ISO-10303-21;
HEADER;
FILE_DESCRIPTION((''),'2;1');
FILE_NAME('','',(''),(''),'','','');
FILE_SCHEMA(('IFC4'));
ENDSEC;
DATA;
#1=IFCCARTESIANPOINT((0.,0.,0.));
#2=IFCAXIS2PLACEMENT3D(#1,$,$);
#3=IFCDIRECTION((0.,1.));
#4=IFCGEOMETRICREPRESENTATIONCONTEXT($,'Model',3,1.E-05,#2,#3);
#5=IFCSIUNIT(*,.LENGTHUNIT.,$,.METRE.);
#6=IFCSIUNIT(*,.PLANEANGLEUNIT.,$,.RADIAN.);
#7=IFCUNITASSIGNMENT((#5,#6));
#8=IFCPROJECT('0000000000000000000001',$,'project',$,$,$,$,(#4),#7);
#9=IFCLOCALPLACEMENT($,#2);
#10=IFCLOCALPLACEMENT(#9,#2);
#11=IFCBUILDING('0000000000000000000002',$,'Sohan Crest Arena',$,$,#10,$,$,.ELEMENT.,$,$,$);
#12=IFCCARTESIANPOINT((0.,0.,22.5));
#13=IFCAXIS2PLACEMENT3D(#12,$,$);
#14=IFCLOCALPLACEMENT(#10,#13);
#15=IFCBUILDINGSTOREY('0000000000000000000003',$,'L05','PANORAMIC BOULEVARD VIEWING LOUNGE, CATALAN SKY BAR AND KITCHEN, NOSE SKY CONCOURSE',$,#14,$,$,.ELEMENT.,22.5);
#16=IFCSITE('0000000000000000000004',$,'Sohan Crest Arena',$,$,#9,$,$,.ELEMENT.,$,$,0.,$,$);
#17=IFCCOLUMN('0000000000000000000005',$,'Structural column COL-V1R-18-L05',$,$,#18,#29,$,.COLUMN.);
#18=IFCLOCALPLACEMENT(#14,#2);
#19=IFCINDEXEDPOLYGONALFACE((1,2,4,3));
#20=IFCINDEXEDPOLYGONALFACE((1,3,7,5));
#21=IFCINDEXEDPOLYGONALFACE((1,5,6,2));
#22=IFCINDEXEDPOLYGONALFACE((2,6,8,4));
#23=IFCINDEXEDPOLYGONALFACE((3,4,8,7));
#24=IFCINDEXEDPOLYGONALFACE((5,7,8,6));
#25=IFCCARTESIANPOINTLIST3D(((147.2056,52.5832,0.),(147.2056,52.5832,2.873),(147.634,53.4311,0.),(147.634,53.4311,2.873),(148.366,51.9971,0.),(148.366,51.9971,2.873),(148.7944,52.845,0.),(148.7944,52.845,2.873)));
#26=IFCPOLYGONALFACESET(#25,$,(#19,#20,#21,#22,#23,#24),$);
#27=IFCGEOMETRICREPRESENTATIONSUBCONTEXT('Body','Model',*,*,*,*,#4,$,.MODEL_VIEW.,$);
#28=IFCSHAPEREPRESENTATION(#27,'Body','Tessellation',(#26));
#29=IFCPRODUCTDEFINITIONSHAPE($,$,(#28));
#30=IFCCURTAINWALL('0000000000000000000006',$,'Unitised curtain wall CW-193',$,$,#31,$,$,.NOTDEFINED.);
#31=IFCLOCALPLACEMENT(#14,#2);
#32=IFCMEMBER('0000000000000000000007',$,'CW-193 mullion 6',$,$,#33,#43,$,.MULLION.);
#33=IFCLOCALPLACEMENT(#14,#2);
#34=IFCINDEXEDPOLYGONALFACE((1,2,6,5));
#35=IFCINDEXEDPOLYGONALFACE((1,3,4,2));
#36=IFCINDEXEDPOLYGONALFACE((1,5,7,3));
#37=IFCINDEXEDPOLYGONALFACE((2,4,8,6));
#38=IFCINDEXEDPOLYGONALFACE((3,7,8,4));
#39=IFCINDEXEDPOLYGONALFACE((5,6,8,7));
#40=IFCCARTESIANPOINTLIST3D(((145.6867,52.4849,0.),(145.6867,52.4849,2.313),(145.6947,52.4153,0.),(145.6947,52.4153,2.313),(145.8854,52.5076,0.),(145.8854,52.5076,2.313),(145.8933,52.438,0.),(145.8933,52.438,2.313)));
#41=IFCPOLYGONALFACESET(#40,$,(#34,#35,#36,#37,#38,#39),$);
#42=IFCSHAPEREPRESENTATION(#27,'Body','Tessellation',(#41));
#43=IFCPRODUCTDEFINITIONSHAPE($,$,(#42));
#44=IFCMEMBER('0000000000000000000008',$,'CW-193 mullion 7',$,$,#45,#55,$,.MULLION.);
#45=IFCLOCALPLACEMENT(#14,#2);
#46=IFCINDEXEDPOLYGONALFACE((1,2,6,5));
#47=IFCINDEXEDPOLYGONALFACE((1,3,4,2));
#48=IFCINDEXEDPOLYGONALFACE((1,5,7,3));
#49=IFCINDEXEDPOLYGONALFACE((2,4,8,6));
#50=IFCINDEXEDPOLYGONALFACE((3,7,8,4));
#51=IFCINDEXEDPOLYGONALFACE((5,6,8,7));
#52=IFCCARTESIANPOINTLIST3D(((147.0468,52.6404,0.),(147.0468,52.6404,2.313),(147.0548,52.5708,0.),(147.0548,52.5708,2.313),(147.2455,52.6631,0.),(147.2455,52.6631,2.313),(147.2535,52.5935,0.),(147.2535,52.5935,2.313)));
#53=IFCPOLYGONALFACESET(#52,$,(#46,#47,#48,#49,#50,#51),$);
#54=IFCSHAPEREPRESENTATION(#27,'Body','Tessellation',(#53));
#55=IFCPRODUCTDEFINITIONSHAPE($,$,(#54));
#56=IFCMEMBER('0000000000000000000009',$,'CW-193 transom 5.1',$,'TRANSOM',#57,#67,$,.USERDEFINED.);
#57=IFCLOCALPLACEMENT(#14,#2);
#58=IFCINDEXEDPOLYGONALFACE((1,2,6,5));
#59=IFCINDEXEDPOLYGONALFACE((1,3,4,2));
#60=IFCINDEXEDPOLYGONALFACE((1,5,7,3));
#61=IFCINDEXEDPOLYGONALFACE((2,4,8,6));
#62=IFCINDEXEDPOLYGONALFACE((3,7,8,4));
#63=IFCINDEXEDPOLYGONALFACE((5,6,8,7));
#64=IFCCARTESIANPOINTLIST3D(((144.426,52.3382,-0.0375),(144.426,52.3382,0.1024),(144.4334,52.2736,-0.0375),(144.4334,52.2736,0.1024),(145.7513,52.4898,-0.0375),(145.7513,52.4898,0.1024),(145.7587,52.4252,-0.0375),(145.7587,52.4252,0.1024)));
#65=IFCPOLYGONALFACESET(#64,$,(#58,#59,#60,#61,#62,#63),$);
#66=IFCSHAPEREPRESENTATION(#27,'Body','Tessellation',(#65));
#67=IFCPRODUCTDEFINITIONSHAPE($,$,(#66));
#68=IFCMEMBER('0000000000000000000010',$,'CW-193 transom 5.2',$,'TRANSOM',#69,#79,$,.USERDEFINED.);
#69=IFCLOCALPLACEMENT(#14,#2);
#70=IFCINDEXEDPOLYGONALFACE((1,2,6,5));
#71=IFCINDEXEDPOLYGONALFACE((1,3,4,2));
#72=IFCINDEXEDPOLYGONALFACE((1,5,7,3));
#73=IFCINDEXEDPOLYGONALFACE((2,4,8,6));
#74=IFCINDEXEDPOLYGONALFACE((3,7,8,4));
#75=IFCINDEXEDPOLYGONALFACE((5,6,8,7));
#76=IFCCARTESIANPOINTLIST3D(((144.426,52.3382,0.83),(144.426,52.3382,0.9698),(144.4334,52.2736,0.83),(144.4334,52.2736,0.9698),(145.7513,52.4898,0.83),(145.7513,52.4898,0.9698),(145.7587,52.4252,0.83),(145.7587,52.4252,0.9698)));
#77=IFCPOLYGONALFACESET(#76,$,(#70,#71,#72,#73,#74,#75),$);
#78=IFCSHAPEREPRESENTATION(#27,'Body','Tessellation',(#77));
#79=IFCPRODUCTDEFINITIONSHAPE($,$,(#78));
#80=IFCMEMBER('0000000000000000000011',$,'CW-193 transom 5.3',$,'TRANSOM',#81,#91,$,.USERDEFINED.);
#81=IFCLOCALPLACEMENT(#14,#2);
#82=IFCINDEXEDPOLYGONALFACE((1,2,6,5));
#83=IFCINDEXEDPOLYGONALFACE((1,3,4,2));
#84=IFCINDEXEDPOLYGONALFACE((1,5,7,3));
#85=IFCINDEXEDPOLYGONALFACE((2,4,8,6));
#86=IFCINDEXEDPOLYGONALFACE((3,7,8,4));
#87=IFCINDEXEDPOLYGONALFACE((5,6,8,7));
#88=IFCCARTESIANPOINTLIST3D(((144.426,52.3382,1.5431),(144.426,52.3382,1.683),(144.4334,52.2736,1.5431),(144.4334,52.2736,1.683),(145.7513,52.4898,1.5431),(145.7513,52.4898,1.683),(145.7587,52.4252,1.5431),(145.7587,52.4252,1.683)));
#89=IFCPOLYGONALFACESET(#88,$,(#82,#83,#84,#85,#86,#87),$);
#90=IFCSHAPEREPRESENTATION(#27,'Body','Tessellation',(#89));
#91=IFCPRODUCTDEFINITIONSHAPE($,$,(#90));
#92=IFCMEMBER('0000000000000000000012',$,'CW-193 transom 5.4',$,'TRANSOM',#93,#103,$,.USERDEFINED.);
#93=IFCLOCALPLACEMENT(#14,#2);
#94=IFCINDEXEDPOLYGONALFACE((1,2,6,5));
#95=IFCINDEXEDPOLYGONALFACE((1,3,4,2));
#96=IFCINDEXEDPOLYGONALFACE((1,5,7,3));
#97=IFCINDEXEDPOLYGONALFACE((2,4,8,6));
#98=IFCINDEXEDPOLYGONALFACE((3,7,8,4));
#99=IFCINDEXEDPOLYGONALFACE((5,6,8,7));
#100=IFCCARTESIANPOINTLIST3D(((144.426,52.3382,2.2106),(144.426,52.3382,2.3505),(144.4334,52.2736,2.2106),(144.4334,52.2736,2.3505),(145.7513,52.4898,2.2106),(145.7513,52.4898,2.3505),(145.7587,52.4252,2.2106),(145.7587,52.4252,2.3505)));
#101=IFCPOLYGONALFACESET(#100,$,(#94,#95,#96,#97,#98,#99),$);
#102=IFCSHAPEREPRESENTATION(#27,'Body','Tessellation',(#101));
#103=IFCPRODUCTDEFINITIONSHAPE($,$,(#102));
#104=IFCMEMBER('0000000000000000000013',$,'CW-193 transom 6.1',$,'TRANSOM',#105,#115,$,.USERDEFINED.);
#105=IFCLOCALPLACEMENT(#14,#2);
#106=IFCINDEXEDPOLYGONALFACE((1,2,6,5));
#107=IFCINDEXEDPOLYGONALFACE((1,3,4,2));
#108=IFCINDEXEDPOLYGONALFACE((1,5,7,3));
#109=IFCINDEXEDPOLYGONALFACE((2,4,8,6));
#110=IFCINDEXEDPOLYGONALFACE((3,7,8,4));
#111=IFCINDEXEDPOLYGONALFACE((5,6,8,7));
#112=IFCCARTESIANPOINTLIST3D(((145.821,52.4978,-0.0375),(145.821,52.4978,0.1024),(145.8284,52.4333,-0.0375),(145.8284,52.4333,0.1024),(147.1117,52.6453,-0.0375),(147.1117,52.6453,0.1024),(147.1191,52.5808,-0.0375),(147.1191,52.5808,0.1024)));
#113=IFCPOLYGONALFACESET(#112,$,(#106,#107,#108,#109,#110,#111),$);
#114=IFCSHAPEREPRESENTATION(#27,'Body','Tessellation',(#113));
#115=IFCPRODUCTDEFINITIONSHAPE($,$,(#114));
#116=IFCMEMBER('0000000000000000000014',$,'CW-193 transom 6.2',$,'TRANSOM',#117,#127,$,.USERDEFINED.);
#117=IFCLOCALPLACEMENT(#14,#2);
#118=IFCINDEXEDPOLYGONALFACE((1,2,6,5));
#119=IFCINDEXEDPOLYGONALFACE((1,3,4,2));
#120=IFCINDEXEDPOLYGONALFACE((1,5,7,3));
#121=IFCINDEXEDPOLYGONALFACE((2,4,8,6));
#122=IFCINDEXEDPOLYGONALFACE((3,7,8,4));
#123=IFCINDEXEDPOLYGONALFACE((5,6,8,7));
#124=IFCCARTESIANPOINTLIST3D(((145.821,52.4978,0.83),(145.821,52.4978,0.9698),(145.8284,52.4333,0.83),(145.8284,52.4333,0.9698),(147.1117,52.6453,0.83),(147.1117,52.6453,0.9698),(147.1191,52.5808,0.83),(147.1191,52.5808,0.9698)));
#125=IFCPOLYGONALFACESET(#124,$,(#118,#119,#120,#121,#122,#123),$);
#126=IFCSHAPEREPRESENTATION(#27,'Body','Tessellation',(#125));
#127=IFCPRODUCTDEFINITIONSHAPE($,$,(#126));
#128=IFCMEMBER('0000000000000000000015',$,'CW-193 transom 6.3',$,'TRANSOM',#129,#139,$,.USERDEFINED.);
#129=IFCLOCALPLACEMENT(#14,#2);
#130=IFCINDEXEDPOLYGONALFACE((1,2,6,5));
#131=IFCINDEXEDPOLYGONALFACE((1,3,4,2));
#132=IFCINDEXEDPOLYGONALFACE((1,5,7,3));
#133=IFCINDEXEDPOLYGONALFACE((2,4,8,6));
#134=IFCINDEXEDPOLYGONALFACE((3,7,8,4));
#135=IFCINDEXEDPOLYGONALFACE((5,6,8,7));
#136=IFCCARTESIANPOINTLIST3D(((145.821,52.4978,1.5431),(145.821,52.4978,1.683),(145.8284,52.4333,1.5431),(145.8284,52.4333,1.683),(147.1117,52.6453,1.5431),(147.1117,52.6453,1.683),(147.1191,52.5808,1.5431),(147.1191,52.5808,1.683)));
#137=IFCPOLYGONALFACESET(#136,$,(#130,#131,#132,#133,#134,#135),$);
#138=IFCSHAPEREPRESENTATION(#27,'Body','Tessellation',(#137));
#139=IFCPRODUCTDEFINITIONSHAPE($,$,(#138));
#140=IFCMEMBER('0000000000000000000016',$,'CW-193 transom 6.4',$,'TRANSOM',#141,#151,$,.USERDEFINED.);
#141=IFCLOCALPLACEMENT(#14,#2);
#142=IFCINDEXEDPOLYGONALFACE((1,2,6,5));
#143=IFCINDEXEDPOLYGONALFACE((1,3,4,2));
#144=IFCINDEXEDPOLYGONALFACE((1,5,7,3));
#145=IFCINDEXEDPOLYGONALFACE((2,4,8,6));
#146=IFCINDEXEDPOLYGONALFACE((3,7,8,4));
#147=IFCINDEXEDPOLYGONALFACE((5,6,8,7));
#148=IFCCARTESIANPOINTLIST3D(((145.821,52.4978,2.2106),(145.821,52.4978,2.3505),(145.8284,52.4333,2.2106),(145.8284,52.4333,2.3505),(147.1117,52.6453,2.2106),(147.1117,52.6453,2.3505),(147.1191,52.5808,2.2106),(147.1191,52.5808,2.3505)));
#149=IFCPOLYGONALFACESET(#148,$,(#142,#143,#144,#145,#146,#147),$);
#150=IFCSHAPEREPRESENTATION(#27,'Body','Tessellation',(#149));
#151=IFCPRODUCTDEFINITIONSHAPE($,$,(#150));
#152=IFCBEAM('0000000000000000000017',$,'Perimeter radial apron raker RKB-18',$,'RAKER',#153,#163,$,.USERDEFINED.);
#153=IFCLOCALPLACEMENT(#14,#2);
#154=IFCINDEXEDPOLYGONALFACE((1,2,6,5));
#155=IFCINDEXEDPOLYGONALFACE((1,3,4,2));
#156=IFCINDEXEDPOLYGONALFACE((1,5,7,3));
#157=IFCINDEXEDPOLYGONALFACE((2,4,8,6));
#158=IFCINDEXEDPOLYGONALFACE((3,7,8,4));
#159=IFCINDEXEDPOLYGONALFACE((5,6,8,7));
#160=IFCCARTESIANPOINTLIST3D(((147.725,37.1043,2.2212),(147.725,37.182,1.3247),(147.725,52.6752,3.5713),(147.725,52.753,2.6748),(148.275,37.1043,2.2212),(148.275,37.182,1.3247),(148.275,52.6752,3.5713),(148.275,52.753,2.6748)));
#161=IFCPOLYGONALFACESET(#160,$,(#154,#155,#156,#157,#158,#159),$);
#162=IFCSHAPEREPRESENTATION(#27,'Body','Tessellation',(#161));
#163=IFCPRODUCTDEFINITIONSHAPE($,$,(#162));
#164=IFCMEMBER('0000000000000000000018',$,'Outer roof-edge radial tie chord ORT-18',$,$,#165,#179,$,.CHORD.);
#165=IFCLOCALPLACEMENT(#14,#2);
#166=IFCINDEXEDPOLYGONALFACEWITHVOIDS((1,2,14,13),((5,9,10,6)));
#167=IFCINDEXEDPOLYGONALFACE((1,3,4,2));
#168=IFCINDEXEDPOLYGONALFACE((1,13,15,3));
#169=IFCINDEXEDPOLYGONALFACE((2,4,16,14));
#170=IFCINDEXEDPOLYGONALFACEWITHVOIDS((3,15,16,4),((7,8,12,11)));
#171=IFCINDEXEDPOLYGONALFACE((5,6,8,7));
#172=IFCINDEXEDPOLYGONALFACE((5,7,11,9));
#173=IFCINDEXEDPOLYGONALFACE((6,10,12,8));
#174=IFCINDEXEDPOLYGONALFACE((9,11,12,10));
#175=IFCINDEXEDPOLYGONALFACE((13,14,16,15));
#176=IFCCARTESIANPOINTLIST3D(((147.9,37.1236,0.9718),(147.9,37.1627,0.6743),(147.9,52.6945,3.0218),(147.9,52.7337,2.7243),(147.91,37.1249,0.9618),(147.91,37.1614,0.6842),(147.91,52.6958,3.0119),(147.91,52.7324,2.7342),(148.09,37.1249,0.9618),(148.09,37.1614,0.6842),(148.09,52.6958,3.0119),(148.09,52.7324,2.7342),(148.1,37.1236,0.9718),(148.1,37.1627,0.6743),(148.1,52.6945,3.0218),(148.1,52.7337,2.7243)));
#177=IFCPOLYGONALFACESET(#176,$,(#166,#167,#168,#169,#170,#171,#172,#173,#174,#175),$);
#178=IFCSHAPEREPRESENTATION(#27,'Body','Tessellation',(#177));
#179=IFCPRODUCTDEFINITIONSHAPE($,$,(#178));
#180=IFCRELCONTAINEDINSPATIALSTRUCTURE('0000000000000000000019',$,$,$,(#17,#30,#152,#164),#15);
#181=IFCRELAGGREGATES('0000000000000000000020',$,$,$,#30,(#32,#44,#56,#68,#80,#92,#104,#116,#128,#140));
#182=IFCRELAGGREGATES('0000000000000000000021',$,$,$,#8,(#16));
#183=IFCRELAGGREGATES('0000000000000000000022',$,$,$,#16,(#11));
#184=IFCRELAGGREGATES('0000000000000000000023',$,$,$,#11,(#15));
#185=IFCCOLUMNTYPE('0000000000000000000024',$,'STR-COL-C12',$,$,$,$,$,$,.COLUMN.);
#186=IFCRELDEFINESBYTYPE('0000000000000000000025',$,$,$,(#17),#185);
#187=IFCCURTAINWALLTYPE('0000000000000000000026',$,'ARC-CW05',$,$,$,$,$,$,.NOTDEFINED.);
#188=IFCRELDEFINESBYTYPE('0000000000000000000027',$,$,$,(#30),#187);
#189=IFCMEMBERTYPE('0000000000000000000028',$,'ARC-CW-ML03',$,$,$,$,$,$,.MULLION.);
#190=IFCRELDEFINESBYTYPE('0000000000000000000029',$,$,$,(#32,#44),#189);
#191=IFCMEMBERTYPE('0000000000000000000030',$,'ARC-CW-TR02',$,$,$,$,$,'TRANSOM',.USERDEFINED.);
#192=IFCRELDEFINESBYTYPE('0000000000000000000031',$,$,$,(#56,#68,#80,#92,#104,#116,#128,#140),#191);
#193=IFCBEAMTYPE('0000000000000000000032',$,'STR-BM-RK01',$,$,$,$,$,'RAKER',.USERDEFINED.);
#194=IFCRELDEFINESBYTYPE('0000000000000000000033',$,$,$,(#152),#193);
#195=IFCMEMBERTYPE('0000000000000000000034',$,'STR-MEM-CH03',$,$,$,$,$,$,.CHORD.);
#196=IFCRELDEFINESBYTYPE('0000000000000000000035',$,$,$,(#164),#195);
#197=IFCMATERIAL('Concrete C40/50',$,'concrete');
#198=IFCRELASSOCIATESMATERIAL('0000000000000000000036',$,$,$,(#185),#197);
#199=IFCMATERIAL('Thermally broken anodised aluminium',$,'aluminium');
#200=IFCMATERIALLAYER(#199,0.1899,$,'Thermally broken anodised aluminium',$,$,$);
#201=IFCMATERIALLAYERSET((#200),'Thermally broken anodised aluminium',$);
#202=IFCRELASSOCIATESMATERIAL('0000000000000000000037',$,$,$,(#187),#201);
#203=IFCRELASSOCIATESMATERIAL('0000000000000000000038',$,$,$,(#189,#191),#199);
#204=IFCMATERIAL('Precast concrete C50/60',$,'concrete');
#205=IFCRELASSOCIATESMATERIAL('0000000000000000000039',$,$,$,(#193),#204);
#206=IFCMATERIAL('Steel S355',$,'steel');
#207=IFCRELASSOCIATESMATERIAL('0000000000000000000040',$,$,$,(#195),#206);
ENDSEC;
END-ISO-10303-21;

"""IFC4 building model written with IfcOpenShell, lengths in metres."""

from ifc_helpers import new_model, si_unit, direction, frame, origin, origin_2d, place, context, subcontext, project, spatial, rectangle, hollow_rectangle, extrude, material, layer, layer_set, material_profile, profile_set, type_object, element, aggregate, save


model = new_model("IFC4")

# Units and contexts
model_context = context("Model", 3, precision=1e-05, world=origin(), true_north=direction((0.0, 1.0)))
body_context = subcontext(model_context, "Body", "Model", "MODEL_VIEW")
ifc_project = project(units=[si_unit("LENGTHUNIT", "METRE"), si_unit("PLANEANGLEUNIT", "RADIAN")], contexts=[model_context])

# Site, building, storey
site_placement = place(None, origin())
site = spatial("IfcSite", under=ifc_project, at=site_placement, Name="Sohan Crest Arena", CompositionType="ELEMENT", RefElevation=0.0)
building_placement = place(site_placement, origin())
building = spatial("IfcBuilding", under=site, at=building_placement, Name="Sohan Crest Arena", CompositionType="ELEMENT")
storey_placement = place(building_placement, frame((0.0, 0.0, 22.5)))
storey = spatial("IfcBuildingStorey", under=building, at=storey_placement, Name="L05", Description="PANORAMIC BOULEVARD VIEWING LOUNGE, CATALAN SKY BAR AND KITCHEN, NOSE SKY CONCOURSE", CompositionType="ELEMENT", Elevation=22.5)

# Column
ifc_material_1 = material(Name="Concrete C40/50", Category="concrete")
ifc_material_profile_1 = material_profile(ifc_material_1, rectangle(XDim=1.3, YDim=0.95, at=origin_2d()), Name="RC 1300x950")
ifc_profile_set_1 = profile_set([ifc_material_profile_1], Name="Concrete C40/50")
column_type = type_object("IfcColumnType", Name="STR-COL-C12", PredefinedType="COLUMN", material=ifc_profile_set_1)
column_placement = place(storey_placement, frame((148.0, 52.7141, 0.0), z_axis=(0.0, 0.0, 1.0), x_axis=(-0.892586, 0.450878, 0.0)))
element("IfcColumn", 1, at=column_placement, inside=storey, type_object=column_type, Name="Structural column COL-V1R-18-L05", PredefinedType="COLUMN", context=body_context, shape_type="SweptSolid", body=[
    extrude(rectangle(XDim=1.3, YDim=0.95, at=origin_2d()), origin(), (0.0, 0.0, 1.0), 2.873),
])

# Curtain wall, members
ifc_material_2 = material(Name="Thermally broken anodised aluminium", Category="aluminium")
ifc_layer_1 = layer(ifc_material_2, 0.1899, Name="Thermally broken anodised aluminium")
ifc_layer_set_1 = layer_set([ifc_layer_1], Name="Thermally broken anodised aluminium")
curtain_wall_type = type_object("IfcCurtainWallType", Name="ARC-CW05", PredefinedType="NOTDEFINED", material=ifc_layer_set_1)
curtain_wall_placement = place(storey_placement, origin())
curtain_wall = element("IfcCurtainWall", 2, at=curtain_wall_placement, inside=storey, type_object=curtain_wall_type, Name="Unitised curtain wall CW-193", PredefinedType="NOTDEFINED")
ifc_material_profile_2 = material_profile(ifc_material_2, rectangle(XDim=0.0701, YDim=0.2, at=origin_2d()), Name="ALU-MULL 70x200")
ifc_profile_set_2 = profile_set([ifc_material_profile_2], Name="Thermally broken anodised aluminium")
member_type_1 = type_object("IfcMemberType", Name="ARC-CW-ML03", PredefinedType="MULLION", material=ifc_profile_set_2)
member_1_placement = place(storey_placement, frame((145.79, 52.4614, 0.0), z_axis=(0.0, 0.0, 1.0), x_axis=(-0.113597, 0.993527, 0.0)))
member_1 = element("IfcMember", 3, at=member_1_placement, type_object=member_type_1, Name="CW-193 mullion 6", PredefinedType="MULLION", context=body_context, shape_type="SweptSolid", body=[
    extrude(rectangle(XDim=0.0701, YDim=0.2, at=origin_2d()), origin(), (0.0, 0.0, 1.0), 2.313),
])
member_2_placement = place(storey_placement, frame((147.1501, 52.6169, 0.0), z_axis=(0.0, 0.0, 1.0), x_axis=(-0.113597, 0.993527, 0.0)))
member_2 = element("IfcMember", 4, at=member_2_placement, type_object=member_type_1, Name="CW-193 mullion 7", PredefinedType="MULLION", context=body_context, shape_type="SweptSolid", body=[
    extrude(rectangle(XDim=0.0701, YDim=0.2, at=origin_2d()), origin(), (0.0, 0.0, 1.0), 2.313),
])
ifc_material_profile_3 = material_profile(ifc_material_2, rectangle(XDim=0.0649, YDim=0.1399, at=origin_2d()), Name="ALU-TRAN 65x140")
ifc_profile_set_3 = profile_set([ifc_material_profile_3], Name="Thermally broken anodised aluminium")
member_type_2 = type_object("IfcMemberType", Name="ARC-CW-TR02", ElementType="TRANSOM", PredefinedType="USERDEFINED", material=ifc_profile_set_3)
member_3_placement = place(storey_placement, frame((144.4297, 52.3059, 0.0325), z_axis=(0.993521, 0.113645, 0.0), x_axis=(-0.113645, 0.993521, 0.0)))
member_3 = element("IfcMember", 5, at=member_3_placement, type_object=member_type_2, Name="CW-193 transom 5.1", ObjectType="TRANSOM", PredefinedType="USERDEFINED", context=body_context, shape_type="SweptSolid", body=[
    extrude(rectangle(XDim=0.0649, YDim=0.1399, at=origin_2d()), origin(), (0.0, 0.0, 1.0), 1.334),
])
member_4_placement = place(storey_placement, frame((144.4297, 52.3059, 0.8999), z_axis=(0.993521, 0.113645, 0.0), x_axis=(-0.113645, 0.993521, 0.0)))
member_4 = element("IfcMember", 6, at=member_4_placement, type_object=member_type_2, Name="CW-193 transom 5.2", ObjectType="TRANSOM", PredefinedType="USERDEFINED", context=body_context, shape_type="SweptSolid", body=[
    extrude(rectangle(XDim=0.0649, YDim=0.1399, at=origin_2d()), origin(), (0.0, 0.0, 1.0), 1.334),
])
member_5_placement = place(storey_placement, frame((144.4297, 52.3059, 1.613), z_axis=(0.993521, 0.113645, 0.0), x_axis=(-0.113645, 0.993521, 0.0)))
member_5 = element("IfcMember", 7, at=member_5_placement, type_object=member_type_2, Name="CW-193 transom 5.3", ObjectType="TRANSOM", PredefinedType="USERDEFINED", context=body_context, shape_type="SweptSolid", body=[
    extrude(rectangle(XDim=0.0649, YDim=0.1399, at=origin_2d()), origin(), (0.0, 0.0, 1.0), 1.334),
])
member_6_placement = place(storey_placement, frame((144.4297, 52.3059, 2.2805), z_axis=(0.993521, 0.113645, 0.0), x_axis=(-0.113645, 0.993521, 0.0)))
member_6 = element("IfcMember", 8, at=member_6_placement, type_object=member_type_2, Name="CW-193 transom 5.4", ObjectType="TRANSOM", PredefinedType="USERDEFINED", context=body_context, shape_type="SweptSolid", body=[
    extrude(rectangle(XDim=0.0649, YDim=0.1399, at=origin_2d()), origin(), (0.0, 0.0, 1.0), 1.334),
])
member_7_placement = place(storey_placement, frame((145.8247, 52.4656, 0.0325), z_axis=(0.993538, 0.113504, 0.0), x_axis=(-0.113504, 0.993538, 0.0)))
member_7 = element("IfcMember", 9, at=member_7_placement, type_object=member_type_2, Name="CW-193 transom 6.1", ObjectType="TRANSOM", PredefinedType="USERDEFINED", context=body_context, shape_type="SweptSolid", body=[
    extrude(rectangle(XDim=0.0649, YDim=0.1399, at=origin_2d()), origin(), (0.0, 0.0, 1.0), 1.2991),
])
member_8_placement = place(storey_placement, frame((145.8247, 52.4656, 0.8999), z_axis=(0.993538, 0.113504, 0.0), x_axis=(-0.113504, 0.993538, 0.0)))
member_8 = element("IfcMember", 10, at=member_8_placement, type_object=member_type_2, Name="CW-193 transom 6.2", ObjectType="TRANSOM", PredefinedType="USERDEFINED", context=body_context, shape_type="SweptSolid", body=[
    extrude(rectangle(XDim=0.0649, YDim=0.1399, at=origin_2d()), origin(), (0.0, 0.0, 1.0), 1.2991),
])
member_9_placement = place(storey_placement, frame((145.8247, 52.4656, 1.613), z_axis=(0.993538, 0.113504, 0.0), x_axis=(-0.113504, 0.993538, 0.0)))
member_9 = element("IfcMember", 11, at=member_9_placement, type_object=member_type_2, Name="CW-193 transom 6.3", ObjectType="TRANSOM", PredefinedType="USERDEFINED", context=body_context, shape_type="SweptSolid", body=[
    extrude(rectangle(XDim=0.0649, YDim=0.1399, at=origin_2d()), origin(), (0.0, 0.0, 1.0), 1.2991),
])
member_10_placement = place(storey_placement, frame((145.8247, 52.4656, 2.2805), z_axis=(0.993538, 0.113504, 0.0), x_axis=(-0.113504, 0.993538, 0.0)))
member_10 = element("IfcMember", 12, at=member_10_placement, type_object=member_type_2, Name="CW-193 transom 6.4", ObjectType="TRANSOM", PredefinedType="USERDEFINED", context=body_context, shape_type="SweptSolid", body=[
    extrude(rectangle(XDim=0.0649, YDim=0.1399, at=origin_2d()), origin(), (0.0, 0.0, 1.0), 1.2991),
])

# Beam
ifc_material_3 = material(Name="Precast concrete C50/60", Category="concrete")
ifc_material_profile_4 = material_profile(ifc_material_3, rectangle(XDim=0.55, YDim=0.8999, at=origin_2d()), Name="RAKER 550x900")
ifc_profile_set_4 = profile_set([ifc_material_profile_4], Name="Precast concrete C50/60")
beam_type = type_object("IfcBeamType", Name="STR-BM-RK01", ElementType="RAKER", PredefinedType="USERDEFINED", material=ifc_profile_set_4)
beam_placement = place(storey_placement, frame((148.0, 52.7141, 3.123), z_axis=(0.0, -0.996262, -0.086382), x_axis=(1.0, 0.0, 0.0)))
element("IfcBeam", 13, at=beam_placement, inside=storey, type_object=beam_type, Name="Perimeter radial apron raker RKB-18", ObjectType="RAKER", PredefinedType="USERDEFINED", context=body_context, shape_type="SweptSolid", body=[
    extrude(rectangle(XDim=0.55, YDim=0.8999, at=origin_2d()), origin(), (0.0, 0.0, 1.0), 15.6294),
])

# Member
ifc_material_4 = material(Name="Steel S355", Category="steel")
ifc_material_profile_5 = material_profile(ifc_material_4, hollow_rectangle(XDim=0.2, YDim=0.3, WallThickness=0.01, at=origin_2d()), Name="RHS 300x200x10")
ifc_profile_set_5 = profile_set([ifc_material_profile_5], Name="Steel S355")
member_type_3 = type_object("IfcMemberType", Name="STR-MEM-CH03", PredefinedType="CHORD", material=ifc_profile_set_5)
member_11_placement = place(storey_placement, frame((148.0, 52.7141, 2.873), z_axis=(0.0, -0.991444, -0.130531), x_axis=(1.0, 0.0, 0.0)))
element("IfcMember", 14, at=member_11_placement, inside=storey, type_object=member_type_3, Name="Outer roof-edge radial tie chord ORT-18", PredefinedType="CHORD", context=body_context, shape_type="SweptSolid", body=[
    extrude(hollow_rectangle(XDim=0.2, YDim=0.3, WallThickness=0.01, at=origin_2d()), origin(), (0.0, 0.0, 1.0), 15.7053),
])

aggregate(curtain_wall, [member_1, member_2, member_3, member_4, member_5, member_6, member_7, member_8, member_9, member_10])

save(model, "model.ifc")
